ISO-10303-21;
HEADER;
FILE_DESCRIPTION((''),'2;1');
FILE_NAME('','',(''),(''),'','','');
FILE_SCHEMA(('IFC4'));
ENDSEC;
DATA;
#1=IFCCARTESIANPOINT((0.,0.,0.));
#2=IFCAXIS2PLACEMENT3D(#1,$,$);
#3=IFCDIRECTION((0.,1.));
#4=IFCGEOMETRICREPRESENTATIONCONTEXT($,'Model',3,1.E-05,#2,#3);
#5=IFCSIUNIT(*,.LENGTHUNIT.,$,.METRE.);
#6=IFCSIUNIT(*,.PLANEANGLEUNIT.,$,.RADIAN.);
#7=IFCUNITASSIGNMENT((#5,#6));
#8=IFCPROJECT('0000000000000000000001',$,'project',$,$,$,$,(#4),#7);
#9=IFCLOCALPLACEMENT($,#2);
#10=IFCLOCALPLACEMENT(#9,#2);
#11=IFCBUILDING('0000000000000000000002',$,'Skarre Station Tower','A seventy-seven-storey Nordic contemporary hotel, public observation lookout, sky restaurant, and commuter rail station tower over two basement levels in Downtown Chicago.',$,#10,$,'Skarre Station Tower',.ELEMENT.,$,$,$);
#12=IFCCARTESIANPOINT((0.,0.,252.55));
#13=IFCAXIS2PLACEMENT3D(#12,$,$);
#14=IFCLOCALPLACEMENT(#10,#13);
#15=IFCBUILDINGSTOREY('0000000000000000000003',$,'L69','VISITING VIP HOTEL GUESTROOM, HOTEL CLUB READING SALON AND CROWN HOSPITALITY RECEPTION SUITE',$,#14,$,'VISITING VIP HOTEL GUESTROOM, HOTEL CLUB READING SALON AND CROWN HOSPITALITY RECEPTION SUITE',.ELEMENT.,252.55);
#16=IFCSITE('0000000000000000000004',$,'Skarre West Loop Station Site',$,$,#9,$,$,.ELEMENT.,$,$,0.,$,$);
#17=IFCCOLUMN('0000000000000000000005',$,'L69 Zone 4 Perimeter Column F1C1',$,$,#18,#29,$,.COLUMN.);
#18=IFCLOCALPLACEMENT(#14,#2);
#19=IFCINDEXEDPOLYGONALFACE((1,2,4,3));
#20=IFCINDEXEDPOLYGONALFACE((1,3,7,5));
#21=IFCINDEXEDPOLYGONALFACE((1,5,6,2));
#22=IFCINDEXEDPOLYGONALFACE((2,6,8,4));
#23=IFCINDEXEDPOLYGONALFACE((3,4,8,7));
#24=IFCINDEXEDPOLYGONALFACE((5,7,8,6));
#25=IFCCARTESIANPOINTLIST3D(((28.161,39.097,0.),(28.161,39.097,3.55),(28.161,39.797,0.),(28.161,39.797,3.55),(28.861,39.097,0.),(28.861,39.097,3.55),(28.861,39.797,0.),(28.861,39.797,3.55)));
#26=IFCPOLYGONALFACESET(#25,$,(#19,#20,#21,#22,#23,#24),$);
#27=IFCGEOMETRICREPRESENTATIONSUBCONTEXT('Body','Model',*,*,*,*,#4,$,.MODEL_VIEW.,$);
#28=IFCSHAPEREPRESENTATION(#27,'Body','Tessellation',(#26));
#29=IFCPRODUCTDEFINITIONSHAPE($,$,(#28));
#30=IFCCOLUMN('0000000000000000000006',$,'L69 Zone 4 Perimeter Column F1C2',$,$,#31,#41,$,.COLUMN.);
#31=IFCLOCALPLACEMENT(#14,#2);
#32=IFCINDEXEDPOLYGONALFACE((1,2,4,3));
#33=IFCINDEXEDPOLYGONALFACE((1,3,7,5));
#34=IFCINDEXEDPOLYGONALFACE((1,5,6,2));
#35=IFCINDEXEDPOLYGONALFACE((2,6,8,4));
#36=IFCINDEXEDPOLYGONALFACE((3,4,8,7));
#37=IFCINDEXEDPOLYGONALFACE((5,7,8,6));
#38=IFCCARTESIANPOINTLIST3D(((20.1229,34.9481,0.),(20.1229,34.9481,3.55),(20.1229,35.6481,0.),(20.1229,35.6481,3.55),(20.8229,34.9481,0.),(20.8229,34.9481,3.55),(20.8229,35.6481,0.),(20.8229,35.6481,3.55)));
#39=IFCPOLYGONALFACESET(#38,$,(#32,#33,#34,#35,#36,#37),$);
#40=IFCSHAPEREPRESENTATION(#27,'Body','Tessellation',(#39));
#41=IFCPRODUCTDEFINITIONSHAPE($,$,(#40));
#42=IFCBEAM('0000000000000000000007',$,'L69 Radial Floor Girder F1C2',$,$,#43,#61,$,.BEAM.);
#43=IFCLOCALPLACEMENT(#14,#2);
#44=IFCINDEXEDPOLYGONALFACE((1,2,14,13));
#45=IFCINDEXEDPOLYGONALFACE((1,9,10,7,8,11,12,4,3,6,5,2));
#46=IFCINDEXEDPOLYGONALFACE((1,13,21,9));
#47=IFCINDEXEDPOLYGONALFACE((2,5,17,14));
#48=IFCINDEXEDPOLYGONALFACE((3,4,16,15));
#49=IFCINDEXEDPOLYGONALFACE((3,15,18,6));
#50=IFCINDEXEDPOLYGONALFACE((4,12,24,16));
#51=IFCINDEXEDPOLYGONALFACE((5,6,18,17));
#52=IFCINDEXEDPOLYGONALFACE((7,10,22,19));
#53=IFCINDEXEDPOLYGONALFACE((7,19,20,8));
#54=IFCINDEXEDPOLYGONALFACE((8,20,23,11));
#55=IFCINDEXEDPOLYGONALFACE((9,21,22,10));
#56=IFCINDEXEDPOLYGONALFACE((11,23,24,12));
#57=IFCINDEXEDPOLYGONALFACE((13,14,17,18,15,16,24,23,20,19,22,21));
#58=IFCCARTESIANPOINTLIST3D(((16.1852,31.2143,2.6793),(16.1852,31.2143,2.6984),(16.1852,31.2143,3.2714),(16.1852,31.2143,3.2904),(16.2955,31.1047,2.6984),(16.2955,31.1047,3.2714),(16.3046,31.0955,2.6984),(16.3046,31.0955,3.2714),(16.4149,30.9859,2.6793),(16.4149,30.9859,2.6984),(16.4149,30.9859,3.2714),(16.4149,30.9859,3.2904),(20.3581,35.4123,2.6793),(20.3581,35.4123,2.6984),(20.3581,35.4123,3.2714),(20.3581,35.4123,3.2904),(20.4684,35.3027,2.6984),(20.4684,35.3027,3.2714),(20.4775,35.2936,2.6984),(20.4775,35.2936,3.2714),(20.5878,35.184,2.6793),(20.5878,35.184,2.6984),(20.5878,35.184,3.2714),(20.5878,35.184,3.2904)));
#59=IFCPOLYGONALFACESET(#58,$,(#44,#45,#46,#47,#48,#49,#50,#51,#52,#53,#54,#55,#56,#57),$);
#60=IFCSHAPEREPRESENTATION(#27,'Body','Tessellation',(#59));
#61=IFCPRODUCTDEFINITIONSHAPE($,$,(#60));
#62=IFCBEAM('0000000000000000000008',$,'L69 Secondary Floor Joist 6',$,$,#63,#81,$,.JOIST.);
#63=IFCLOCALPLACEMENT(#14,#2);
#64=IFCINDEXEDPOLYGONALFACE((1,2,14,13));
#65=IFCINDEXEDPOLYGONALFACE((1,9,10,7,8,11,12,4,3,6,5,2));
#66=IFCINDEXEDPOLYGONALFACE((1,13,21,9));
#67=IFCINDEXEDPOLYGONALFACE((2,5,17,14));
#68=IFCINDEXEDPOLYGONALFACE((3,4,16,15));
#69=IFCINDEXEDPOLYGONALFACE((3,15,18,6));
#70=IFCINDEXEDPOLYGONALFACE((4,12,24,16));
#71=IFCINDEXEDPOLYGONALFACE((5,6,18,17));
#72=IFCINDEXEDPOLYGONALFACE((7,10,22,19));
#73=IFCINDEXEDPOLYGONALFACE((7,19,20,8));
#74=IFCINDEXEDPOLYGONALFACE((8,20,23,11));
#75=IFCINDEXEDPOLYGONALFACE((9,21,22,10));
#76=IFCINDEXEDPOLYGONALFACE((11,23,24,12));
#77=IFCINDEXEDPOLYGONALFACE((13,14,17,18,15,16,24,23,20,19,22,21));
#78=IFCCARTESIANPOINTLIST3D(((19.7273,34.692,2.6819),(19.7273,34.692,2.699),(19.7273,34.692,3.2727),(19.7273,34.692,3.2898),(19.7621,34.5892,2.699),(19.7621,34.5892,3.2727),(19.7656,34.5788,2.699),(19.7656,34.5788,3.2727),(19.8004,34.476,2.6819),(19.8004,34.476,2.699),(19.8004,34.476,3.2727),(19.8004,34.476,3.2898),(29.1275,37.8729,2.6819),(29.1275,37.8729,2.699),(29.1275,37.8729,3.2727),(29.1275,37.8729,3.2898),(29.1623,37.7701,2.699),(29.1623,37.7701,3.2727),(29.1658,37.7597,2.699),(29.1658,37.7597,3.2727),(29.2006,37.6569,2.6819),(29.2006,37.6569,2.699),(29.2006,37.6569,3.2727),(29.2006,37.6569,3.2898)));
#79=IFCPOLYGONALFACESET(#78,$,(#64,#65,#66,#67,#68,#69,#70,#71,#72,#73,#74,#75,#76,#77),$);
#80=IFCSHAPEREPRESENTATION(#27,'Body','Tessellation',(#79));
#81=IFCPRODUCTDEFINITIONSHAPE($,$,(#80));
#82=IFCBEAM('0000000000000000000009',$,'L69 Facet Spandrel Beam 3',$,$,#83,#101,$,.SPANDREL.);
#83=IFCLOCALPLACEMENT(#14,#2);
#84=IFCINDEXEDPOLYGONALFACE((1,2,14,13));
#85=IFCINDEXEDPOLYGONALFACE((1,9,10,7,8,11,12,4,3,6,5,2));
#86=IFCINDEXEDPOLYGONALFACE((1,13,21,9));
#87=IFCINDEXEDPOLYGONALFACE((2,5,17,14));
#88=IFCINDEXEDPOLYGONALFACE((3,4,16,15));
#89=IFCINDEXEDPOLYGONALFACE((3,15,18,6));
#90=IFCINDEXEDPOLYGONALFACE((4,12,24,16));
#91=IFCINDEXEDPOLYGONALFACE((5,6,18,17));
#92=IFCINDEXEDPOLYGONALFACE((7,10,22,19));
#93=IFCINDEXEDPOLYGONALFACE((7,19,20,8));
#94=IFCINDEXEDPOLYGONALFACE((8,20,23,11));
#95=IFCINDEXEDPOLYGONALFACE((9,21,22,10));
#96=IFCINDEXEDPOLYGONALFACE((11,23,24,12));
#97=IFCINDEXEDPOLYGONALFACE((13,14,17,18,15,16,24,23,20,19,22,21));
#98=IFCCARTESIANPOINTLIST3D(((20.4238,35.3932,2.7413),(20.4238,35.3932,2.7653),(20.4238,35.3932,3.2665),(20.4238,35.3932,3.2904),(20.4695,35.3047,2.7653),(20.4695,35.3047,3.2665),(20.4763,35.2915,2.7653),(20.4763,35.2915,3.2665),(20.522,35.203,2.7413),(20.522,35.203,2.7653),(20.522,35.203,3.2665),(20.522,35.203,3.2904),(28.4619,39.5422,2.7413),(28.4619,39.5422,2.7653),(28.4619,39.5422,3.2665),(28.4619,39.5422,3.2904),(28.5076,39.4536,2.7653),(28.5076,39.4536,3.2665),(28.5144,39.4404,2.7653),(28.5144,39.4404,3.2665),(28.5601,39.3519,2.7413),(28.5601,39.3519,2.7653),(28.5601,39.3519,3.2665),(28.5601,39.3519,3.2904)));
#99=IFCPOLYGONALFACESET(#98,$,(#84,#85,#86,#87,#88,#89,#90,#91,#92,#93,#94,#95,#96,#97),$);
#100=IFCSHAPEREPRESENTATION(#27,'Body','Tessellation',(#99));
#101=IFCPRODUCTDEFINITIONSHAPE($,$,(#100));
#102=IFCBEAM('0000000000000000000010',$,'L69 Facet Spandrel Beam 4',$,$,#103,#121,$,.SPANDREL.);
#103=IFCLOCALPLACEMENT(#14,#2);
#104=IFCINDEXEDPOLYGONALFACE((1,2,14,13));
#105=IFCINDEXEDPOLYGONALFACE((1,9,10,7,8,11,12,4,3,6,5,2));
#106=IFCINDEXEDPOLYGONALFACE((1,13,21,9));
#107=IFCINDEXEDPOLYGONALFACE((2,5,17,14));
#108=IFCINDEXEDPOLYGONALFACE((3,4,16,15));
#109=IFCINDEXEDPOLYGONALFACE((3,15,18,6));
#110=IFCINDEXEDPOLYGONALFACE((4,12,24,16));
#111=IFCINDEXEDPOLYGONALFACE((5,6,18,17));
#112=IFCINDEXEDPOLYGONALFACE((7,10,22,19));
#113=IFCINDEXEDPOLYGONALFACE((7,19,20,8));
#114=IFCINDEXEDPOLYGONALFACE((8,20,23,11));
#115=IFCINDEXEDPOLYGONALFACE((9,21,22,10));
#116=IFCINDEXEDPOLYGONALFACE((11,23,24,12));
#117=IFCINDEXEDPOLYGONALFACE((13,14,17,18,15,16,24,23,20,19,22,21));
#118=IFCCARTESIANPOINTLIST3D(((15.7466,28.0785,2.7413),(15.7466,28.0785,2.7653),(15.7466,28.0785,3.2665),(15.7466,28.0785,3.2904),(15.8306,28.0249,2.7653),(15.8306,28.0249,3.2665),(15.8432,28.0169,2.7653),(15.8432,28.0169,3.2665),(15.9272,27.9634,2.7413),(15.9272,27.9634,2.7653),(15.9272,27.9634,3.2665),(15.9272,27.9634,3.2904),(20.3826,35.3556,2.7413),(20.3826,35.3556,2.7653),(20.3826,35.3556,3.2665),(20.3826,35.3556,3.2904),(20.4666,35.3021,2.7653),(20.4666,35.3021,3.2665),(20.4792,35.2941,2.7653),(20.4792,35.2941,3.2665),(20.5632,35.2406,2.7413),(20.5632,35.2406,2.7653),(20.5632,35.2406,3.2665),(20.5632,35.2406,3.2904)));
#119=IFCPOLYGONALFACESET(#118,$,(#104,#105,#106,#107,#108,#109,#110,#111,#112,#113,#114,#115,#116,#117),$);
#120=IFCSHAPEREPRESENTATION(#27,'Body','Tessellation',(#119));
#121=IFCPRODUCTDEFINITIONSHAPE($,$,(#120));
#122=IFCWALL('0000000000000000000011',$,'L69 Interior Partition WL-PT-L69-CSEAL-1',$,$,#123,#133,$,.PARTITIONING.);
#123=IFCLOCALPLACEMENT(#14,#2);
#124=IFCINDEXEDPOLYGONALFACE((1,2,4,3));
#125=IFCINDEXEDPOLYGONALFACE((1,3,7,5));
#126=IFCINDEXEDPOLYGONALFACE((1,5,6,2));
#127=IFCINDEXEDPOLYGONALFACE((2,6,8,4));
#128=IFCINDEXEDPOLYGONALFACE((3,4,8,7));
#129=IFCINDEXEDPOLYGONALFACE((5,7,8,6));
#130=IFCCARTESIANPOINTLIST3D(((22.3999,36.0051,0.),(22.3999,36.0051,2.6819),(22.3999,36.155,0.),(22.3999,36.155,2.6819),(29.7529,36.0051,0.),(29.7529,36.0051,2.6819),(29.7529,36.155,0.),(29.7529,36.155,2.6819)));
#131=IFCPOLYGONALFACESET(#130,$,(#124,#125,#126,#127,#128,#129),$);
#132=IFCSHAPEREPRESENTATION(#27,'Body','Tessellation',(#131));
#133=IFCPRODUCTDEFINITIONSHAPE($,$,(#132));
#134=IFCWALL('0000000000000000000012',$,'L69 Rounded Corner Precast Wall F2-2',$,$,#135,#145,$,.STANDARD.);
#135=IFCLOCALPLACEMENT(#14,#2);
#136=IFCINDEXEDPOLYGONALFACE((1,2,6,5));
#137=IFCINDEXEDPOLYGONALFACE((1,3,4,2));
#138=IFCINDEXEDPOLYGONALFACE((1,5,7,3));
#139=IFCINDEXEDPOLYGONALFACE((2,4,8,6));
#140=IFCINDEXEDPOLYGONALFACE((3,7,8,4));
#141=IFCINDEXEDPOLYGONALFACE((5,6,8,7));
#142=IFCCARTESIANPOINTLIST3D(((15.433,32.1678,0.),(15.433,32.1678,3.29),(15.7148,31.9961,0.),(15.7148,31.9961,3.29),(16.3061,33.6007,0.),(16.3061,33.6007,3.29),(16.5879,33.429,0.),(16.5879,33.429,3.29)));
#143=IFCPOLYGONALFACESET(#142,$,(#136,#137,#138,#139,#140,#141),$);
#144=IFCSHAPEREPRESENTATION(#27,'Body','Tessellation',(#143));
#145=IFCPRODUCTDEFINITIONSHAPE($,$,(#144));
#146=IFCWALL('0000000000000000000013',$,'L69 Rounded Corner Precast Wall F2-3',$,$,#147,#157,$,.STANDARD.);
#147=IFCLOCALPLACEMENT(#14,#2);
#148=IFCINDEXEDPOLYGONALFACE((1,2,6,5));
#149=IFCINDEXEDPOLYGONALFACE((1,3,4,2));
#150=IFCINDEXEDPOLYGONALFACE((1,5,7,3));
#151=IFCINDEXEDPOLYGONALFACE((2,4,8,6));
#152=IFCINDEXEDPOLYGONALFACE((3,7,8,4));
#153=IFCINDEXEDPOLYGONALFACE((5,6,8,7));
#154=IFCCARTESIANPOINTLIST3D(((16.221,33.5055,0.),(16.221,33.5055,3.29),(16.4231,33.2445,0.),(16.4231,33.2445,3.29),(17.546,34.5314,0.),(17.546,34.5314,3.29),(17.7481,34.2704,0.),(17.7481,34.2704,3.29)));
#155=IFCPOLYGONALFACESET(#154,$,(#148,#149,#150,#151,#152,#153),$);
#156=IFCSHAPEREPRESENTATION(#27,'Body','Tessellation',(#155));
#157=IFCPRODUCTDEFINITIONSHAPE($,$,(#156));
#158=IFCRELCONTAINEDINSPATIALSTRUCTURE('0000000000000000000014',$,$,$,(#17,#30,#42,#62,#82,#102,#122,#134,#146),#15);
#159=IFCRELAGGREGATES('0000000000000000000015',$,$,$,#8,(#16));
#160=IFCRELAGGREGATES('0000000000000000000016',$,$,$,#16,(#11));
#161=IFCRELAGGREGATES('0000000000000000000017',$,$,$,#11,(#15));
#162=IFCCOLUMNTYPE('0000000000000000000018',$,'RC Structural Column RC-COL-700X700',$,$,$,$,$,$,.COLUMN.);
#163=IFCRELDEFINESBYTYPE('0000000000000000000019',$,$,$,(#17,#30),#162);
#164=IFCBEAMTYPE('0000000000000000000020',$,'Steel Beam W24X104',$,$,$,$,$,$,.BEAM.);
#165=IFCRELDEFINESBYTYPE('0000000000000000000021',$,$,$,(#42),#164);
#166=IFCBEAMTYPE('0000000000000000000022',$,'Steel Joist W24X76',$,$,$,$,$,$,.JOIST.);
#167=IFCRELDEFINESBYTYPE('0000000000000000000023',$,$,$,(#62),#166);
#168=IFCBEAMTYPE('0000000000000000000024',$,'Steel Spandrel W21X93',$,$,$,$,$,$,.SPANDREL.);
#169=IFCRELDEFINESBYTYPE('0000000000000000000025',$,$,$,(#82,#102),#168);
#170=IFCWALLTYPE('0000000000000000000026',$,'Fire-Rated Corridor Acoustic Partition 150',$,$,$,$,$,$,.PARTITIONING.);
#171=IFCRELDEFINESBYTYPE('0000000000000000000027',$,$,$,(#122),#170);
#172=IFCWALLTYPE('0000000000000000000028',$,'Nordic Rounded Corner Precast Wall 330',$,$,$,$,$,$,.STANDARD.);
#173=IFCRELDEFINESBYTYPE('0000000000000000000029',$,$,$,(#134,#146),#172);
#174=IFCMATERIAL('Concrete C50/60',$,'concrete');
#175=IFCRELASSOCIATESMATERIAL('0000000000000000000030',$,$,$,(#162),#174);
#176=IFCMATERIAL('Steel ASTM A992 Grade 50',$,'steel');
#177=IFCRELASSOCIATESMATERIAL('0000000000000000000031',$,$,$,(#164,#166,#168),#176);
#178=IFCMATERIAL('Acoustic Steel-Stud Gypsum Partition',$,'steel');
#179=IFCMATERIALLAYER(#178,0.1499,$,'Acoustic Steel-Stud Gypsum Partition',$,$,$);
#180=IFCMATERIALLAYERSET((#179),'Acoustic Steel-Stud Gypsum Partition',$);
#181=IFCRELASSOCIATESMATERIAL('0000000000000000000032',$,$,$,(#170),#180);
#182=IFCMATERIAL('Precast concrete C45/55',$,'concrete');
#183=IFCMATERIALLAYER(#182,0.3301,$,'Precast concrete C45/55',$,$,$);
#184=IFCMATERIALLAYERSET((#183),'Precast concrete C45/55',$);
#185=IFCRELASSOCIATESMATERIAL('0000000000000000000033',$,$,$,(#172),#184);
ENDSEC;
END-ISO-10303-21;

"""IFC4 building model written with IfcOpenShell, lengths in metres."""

from ifc_helpers import new_model, si_unit, direction, frame, frame_2d, origin, origin_2d, place, context, subcontext, project, spatial, rectangle, i_section, extrude, material, layer, layer_set, material_profile, profile_set, type_object, element, save


model = new_model("IFC4")

# Units and contexts
model_context = context("Model", 3, precision=1e-05, world=origin(), true_north=direction((0.0, 1.0)))
body_context = subcontext(model_context, "Body", "Model", "MODEL_VIEW")
ifc_project = project(units=[si_unit("LENGTHUNIT", "METRE"), si_unit("PLANEANGLEUNIT", "RADIAN")], contexts=[model_context])

# Site, building, storey
site_placement = place(None, origin())
site = spatial("IfcSite", under=ifc_project, at=site_placement, Name="Skarre West Loop Station Site", CompositionType="ELEMENT", RefElevation=0.0)
building_placement = place(site_placement, origin())
building = spatial("IfcBuilding", under=site, at=building_placement, Name="Skarre Station Tower", Description="A seventy-seven-storey Nordic contemporary hotel, public observation lookout, sky restaurant, and commuter rail station tower over two basement levels in Downtown Chicago.", LongName="Skarre Station Tower", CompositionType="ELEMENT")
storey_placement = place(building_placement, frame((0.0, 0.0, 252.55)))
storey = spatial("IfcBuildingStorey", under=building, at=storey_placement, Name="L69", Description="VISITING VIP HOTEL GUESTROOM, HOTEL CLUB READING SALON AND CROWN HOSPITALITY RECEPTION SUITE", LongName="VISITING VIP HOTEL GUESTROOM, HOTEL CLUB READING SALON AND CROWN HOSPITALITY RECEPTION SUITE", CompositionType="ELEMENT", Elevation=252.55)

# Columns
ifc_material_1 = material(Name="Concrete C50/60", Category="concrete")
ifc_material_profile_1 = material_profile(ifc_material_1, rectangle(XDim=0.7, YDim=0.7, at=origin_2d()), Name="Concrete C50/60")
ifc_profile_set_1 = profile_set([ifc_material_profile_1], Name="Concrete C50/60")
column_type = type_object("IfcColumnType", Name="RC Structural Column RC-COL-700X700", PredefinedType="COLUMN", material=ifc_profile_set_1)
for number, where, z_axis, x_axis, name in (
    (1, (28.511, 39.447, 0.0), (0.0, 0.0, 1.0), (1.0, 0.0, 0.0), "L69 Zone 4 Perimeter Column F1C1"),
    (2, (20.4729, 35.2981, 0.0), (0.0, 0.0, 1.0), (1.0, 0.0, 0.0), "L69 Zone 4 Perimeter Column F1C2"),
):
    element("IfcColumn", number, at=place(storey_placement, frame(where, z_axis=z_axis, x_axis=x_axis)), inside=storey, type_object=column_type, Name=name, PredefinedType="COLUMN", context=body_context, shape_type="SweptSolid", body=[
        extrude(rectangle(XDim=0.7, YDim=0.7, at=origin_2d()), origin(), (0.0, 0.0, 1.0), 3.55),
    ])

# Beams
ifc_material_2 = material(Name="Steel ASTM A992 Grade 50", Category="steel")
ifc_material_profile_2 = material_profile(ifc_material_2, i_section(OverallWidth=0.324, OverallDepth=0.6111, WebThickness=0.0129, FlangeThickness=0.019, at=origin_2d()), Name="Steel ASTM A992 Grade 50")
ifc_profile_set_2 = profile_set([ifc_material_profile_2], Name="Steel ASTM A992 Grade 50")
beam_type_1 = type_object("IfcBeamType", Name="Steel Beam W24X104", PredefinedType="BEAM", material=ifc_profile_set_2)
beam_1_placement = place(storey_placement, frame((16.3, 31.1001, 2.9849), z_axis=(0.704979, 0.709228, 0.0), x_axis=(-0.709228, 0.704979, 0.0)))
element("IfcBeam", 3, at=beam_1_placement, inside=storey, type_object=beam_type_1, Name="L69 Radial Floor Girder F1C2", PredefinedType="BEAM", context=body_context, shape_type="SweptSolid", body=[
    extrude(i_section(OverallWidth=0.324, OverallDepth=0.6111, WebThickness=0.0129, FlangeThickness=0.019, at=origin_2d()), origin(), (0.0, 0.0, 1.0), 5.9192),
])
ifc_material_profile_3 = material_profile(ifc_material_2, i_section(OverallWidth=0.228, OverallDepth=0.6079, WebThickness=0.011, FlangeThickness=0.0171, at=origin_2d()), Name="Steel ASTM A992 Grade 50")
ifc_profile_set_3 = profile_set([ifc_material_profile_3], Name="Steel ASTM A992 Grade 50")
beam_type_2 = type_object("IfcBeamType", Name="Steel Joist W24X76", PredefinedType="JOIST", material=ifc_profile_set_3)
beam_2_placement = place(storey_placement, frame((29.1641, 37.7649, 2.9858), z_axis=(-0.947237, -0.320535, 0.0), x_axis=(0.320535, -0.947237, 0.0)))
element("IfcBeam", 4, at=beam_2_placement, inside=storey, type_object=beam_type_2, Name="L69 Secondary Floor Joist 6", PredefinedType="JOIST", context=body_context, shape_type="SweptSolid", body=[
    extrude(i_section(OverallWidth=0.228, OverallDepth=0.6079, WebThickness=0.011, FlangeThickness=0.0171, at=origin_2d()), origin(), (0.0, 0.0, 1.0), 9.9238),
])
ifc_material_profile_4 = material_profile(ifc_material_2, i_section(OverallWidth=0.2141, OverallDepth=0.5491, WebThickness=0.0149, FlangeThickness=0.0239, at=origin_2d()), Name="Steel ASTM A992 Grade 50")
ifc_profile_set_4 = profile_set([ifc_material_profile_4], Name="Steel ASTM A992 Grade 50")
beam_type_3 = type_object("IfcBeamType", Name="Steel Spandrel W21X93", PredefinedType="SPANDREL", material=ifc_profile_set_4)
beam_3_placement = place(storey_placement, frame((28.511, 39.447, 3.0159), z_axis=(-0.88861, -0.458664, 0.0), x_axis=(0.458664, -0.88861, 0.0)))
element("IfcBeam", 5, at=beam_3_placement, inside=storey, type_object=beam_type_3, Name="L69 Facet Spandrel Beam 3", PredefinedType="SPANDREL", context=body_context, shape_type="SweptSolid", body=[
    extrude(i_section(OverallWidth=0.2141, OverallDepth=0.5491, WebThickness=0.0149, FlangeThickness=0.0239, at=origin_2d()), origin(), (0.0, 0.0, 1.0), 9.0457),
])
beam_4_placement = place(storey_placement, frame((20.4729, 35.2981, 3.0159), z_axis=(-0.537297, -0.843393, 0.0), x_axis=(0.843393, -0.537297, 0.0)))
element("IfcBeam", 6, at=beam_4_placement, inside=storey, type_object=beam_type_3, Name="L69 Facet Spandrel Beam 4", PredefinedType="SPANDREL", context=body_context, shape_type="SweptSolid", body=[
    extrude(i_section(OverallWidth=0.2141, OverallDepth=0.5491, WebThickness=0.0149, FlangeThickness=0.0239, at=origin_2d()), origin(), (0.0, 0.0, 1.0), 8.6284),
])

# Walls
ifc_material_3 = material(Name="Acoustic Steel-Stud Gypsum Partition", Category="steel")
ifc_layer_1 = layer(ifc_material_3, 0.1499, Name="Acoustic Steel-Stud Gypsum Partition")
ifc_layer_set_1 = layer_set([ifc_layer_1], Name="Acoustic Steel-Stud Gypsum Partition")
wall_type_1 = type_object("IfcWallType", Name="Fire-Rated Corridor Acoustic Partition 150", PredefinedType="PARTITIONING", material=ifc_layer_set_1)
wall_1_placement = place(storey_placement, frame((29.7529, 36.0801, 0.0), z_axis=(0.0, 0.0, 1.0), x_axis=(-1.0, 0.0, 0.0)))
element("IfcWall", 7, at=wall_1_placement, inside=storey, type_object=wall_type_1, Name="L69 Interior Partition WL-PT-L69-CSEAL-1", PredefinedType="PARTITIONING", context=body_context, shape_type="SweptSolid", body=[
    extrude(rectangle(XDim=7.353, YDim=0.1499, at=frame_2d((3.6765, 0.0))), origin(), (0.0, 0.0, 1.0), 2.6819),
])
ifc_material_4 = material(Name="Precast concrete C45/55", Category="concrete")
ifc_layer_2 = layer(ifc_material_4, 0.3301, Name="Precast concrete C45/55")
ifc_layer_set_2 = layer_set([ifc_layer_2], Name="Precast concrete C45/55")
wall_type_2 = type_object("IfcWallType", Name="Nordic Rounded Corner Precast Wall 330", PredefinedType="STANDARD", material=ifc_layer_set_2)
wall_2_placement = place(storey_placement, frame((15.574, 32.082, 0.0), z_axis=(0.0, 0.0, 1.0), x_axis=(0.520325, 0.853968, 0.0)))
element("IfcWall", 8, at=wall_2_placement, inside=storey, type_object=wall_type_2, Name="L69 Rounded Corner Precast Wall F2-2", PredefinedType="STANDARD", context=body_context, shape_type="SweptSolid", body=[
    extrude(rectangle(XDim=1.678, YDim=0.3301, at=frame_2d((0.8389, 0.0))), origin(), (0.0, 0.0, 1.0), 3.29),
])
wall_3_placement = place(storey_placement, frame((16.322, 33.375, 0.0), z_axis=(0.0, 0.0, 1.0), x_axis=(0.790692, 0.612214, 0.0)))
element("IfcWall", 9, at=wall_3_placement, inside=storey, type_object=wall_type_2, Name="L69 Rounded Corner Precast Wall F2-3", PredefinedType="STANDARD", context=body_context, shape_type="SweptSolid", body=[
    extrude(rectangle(XDim=1.6758, YDim=0.3301, at=frame_2d((0.8379, 0.0))), origin(), (0.0, 0.0, 1.0), 3.29),
])

save(model, "model.ifc")
